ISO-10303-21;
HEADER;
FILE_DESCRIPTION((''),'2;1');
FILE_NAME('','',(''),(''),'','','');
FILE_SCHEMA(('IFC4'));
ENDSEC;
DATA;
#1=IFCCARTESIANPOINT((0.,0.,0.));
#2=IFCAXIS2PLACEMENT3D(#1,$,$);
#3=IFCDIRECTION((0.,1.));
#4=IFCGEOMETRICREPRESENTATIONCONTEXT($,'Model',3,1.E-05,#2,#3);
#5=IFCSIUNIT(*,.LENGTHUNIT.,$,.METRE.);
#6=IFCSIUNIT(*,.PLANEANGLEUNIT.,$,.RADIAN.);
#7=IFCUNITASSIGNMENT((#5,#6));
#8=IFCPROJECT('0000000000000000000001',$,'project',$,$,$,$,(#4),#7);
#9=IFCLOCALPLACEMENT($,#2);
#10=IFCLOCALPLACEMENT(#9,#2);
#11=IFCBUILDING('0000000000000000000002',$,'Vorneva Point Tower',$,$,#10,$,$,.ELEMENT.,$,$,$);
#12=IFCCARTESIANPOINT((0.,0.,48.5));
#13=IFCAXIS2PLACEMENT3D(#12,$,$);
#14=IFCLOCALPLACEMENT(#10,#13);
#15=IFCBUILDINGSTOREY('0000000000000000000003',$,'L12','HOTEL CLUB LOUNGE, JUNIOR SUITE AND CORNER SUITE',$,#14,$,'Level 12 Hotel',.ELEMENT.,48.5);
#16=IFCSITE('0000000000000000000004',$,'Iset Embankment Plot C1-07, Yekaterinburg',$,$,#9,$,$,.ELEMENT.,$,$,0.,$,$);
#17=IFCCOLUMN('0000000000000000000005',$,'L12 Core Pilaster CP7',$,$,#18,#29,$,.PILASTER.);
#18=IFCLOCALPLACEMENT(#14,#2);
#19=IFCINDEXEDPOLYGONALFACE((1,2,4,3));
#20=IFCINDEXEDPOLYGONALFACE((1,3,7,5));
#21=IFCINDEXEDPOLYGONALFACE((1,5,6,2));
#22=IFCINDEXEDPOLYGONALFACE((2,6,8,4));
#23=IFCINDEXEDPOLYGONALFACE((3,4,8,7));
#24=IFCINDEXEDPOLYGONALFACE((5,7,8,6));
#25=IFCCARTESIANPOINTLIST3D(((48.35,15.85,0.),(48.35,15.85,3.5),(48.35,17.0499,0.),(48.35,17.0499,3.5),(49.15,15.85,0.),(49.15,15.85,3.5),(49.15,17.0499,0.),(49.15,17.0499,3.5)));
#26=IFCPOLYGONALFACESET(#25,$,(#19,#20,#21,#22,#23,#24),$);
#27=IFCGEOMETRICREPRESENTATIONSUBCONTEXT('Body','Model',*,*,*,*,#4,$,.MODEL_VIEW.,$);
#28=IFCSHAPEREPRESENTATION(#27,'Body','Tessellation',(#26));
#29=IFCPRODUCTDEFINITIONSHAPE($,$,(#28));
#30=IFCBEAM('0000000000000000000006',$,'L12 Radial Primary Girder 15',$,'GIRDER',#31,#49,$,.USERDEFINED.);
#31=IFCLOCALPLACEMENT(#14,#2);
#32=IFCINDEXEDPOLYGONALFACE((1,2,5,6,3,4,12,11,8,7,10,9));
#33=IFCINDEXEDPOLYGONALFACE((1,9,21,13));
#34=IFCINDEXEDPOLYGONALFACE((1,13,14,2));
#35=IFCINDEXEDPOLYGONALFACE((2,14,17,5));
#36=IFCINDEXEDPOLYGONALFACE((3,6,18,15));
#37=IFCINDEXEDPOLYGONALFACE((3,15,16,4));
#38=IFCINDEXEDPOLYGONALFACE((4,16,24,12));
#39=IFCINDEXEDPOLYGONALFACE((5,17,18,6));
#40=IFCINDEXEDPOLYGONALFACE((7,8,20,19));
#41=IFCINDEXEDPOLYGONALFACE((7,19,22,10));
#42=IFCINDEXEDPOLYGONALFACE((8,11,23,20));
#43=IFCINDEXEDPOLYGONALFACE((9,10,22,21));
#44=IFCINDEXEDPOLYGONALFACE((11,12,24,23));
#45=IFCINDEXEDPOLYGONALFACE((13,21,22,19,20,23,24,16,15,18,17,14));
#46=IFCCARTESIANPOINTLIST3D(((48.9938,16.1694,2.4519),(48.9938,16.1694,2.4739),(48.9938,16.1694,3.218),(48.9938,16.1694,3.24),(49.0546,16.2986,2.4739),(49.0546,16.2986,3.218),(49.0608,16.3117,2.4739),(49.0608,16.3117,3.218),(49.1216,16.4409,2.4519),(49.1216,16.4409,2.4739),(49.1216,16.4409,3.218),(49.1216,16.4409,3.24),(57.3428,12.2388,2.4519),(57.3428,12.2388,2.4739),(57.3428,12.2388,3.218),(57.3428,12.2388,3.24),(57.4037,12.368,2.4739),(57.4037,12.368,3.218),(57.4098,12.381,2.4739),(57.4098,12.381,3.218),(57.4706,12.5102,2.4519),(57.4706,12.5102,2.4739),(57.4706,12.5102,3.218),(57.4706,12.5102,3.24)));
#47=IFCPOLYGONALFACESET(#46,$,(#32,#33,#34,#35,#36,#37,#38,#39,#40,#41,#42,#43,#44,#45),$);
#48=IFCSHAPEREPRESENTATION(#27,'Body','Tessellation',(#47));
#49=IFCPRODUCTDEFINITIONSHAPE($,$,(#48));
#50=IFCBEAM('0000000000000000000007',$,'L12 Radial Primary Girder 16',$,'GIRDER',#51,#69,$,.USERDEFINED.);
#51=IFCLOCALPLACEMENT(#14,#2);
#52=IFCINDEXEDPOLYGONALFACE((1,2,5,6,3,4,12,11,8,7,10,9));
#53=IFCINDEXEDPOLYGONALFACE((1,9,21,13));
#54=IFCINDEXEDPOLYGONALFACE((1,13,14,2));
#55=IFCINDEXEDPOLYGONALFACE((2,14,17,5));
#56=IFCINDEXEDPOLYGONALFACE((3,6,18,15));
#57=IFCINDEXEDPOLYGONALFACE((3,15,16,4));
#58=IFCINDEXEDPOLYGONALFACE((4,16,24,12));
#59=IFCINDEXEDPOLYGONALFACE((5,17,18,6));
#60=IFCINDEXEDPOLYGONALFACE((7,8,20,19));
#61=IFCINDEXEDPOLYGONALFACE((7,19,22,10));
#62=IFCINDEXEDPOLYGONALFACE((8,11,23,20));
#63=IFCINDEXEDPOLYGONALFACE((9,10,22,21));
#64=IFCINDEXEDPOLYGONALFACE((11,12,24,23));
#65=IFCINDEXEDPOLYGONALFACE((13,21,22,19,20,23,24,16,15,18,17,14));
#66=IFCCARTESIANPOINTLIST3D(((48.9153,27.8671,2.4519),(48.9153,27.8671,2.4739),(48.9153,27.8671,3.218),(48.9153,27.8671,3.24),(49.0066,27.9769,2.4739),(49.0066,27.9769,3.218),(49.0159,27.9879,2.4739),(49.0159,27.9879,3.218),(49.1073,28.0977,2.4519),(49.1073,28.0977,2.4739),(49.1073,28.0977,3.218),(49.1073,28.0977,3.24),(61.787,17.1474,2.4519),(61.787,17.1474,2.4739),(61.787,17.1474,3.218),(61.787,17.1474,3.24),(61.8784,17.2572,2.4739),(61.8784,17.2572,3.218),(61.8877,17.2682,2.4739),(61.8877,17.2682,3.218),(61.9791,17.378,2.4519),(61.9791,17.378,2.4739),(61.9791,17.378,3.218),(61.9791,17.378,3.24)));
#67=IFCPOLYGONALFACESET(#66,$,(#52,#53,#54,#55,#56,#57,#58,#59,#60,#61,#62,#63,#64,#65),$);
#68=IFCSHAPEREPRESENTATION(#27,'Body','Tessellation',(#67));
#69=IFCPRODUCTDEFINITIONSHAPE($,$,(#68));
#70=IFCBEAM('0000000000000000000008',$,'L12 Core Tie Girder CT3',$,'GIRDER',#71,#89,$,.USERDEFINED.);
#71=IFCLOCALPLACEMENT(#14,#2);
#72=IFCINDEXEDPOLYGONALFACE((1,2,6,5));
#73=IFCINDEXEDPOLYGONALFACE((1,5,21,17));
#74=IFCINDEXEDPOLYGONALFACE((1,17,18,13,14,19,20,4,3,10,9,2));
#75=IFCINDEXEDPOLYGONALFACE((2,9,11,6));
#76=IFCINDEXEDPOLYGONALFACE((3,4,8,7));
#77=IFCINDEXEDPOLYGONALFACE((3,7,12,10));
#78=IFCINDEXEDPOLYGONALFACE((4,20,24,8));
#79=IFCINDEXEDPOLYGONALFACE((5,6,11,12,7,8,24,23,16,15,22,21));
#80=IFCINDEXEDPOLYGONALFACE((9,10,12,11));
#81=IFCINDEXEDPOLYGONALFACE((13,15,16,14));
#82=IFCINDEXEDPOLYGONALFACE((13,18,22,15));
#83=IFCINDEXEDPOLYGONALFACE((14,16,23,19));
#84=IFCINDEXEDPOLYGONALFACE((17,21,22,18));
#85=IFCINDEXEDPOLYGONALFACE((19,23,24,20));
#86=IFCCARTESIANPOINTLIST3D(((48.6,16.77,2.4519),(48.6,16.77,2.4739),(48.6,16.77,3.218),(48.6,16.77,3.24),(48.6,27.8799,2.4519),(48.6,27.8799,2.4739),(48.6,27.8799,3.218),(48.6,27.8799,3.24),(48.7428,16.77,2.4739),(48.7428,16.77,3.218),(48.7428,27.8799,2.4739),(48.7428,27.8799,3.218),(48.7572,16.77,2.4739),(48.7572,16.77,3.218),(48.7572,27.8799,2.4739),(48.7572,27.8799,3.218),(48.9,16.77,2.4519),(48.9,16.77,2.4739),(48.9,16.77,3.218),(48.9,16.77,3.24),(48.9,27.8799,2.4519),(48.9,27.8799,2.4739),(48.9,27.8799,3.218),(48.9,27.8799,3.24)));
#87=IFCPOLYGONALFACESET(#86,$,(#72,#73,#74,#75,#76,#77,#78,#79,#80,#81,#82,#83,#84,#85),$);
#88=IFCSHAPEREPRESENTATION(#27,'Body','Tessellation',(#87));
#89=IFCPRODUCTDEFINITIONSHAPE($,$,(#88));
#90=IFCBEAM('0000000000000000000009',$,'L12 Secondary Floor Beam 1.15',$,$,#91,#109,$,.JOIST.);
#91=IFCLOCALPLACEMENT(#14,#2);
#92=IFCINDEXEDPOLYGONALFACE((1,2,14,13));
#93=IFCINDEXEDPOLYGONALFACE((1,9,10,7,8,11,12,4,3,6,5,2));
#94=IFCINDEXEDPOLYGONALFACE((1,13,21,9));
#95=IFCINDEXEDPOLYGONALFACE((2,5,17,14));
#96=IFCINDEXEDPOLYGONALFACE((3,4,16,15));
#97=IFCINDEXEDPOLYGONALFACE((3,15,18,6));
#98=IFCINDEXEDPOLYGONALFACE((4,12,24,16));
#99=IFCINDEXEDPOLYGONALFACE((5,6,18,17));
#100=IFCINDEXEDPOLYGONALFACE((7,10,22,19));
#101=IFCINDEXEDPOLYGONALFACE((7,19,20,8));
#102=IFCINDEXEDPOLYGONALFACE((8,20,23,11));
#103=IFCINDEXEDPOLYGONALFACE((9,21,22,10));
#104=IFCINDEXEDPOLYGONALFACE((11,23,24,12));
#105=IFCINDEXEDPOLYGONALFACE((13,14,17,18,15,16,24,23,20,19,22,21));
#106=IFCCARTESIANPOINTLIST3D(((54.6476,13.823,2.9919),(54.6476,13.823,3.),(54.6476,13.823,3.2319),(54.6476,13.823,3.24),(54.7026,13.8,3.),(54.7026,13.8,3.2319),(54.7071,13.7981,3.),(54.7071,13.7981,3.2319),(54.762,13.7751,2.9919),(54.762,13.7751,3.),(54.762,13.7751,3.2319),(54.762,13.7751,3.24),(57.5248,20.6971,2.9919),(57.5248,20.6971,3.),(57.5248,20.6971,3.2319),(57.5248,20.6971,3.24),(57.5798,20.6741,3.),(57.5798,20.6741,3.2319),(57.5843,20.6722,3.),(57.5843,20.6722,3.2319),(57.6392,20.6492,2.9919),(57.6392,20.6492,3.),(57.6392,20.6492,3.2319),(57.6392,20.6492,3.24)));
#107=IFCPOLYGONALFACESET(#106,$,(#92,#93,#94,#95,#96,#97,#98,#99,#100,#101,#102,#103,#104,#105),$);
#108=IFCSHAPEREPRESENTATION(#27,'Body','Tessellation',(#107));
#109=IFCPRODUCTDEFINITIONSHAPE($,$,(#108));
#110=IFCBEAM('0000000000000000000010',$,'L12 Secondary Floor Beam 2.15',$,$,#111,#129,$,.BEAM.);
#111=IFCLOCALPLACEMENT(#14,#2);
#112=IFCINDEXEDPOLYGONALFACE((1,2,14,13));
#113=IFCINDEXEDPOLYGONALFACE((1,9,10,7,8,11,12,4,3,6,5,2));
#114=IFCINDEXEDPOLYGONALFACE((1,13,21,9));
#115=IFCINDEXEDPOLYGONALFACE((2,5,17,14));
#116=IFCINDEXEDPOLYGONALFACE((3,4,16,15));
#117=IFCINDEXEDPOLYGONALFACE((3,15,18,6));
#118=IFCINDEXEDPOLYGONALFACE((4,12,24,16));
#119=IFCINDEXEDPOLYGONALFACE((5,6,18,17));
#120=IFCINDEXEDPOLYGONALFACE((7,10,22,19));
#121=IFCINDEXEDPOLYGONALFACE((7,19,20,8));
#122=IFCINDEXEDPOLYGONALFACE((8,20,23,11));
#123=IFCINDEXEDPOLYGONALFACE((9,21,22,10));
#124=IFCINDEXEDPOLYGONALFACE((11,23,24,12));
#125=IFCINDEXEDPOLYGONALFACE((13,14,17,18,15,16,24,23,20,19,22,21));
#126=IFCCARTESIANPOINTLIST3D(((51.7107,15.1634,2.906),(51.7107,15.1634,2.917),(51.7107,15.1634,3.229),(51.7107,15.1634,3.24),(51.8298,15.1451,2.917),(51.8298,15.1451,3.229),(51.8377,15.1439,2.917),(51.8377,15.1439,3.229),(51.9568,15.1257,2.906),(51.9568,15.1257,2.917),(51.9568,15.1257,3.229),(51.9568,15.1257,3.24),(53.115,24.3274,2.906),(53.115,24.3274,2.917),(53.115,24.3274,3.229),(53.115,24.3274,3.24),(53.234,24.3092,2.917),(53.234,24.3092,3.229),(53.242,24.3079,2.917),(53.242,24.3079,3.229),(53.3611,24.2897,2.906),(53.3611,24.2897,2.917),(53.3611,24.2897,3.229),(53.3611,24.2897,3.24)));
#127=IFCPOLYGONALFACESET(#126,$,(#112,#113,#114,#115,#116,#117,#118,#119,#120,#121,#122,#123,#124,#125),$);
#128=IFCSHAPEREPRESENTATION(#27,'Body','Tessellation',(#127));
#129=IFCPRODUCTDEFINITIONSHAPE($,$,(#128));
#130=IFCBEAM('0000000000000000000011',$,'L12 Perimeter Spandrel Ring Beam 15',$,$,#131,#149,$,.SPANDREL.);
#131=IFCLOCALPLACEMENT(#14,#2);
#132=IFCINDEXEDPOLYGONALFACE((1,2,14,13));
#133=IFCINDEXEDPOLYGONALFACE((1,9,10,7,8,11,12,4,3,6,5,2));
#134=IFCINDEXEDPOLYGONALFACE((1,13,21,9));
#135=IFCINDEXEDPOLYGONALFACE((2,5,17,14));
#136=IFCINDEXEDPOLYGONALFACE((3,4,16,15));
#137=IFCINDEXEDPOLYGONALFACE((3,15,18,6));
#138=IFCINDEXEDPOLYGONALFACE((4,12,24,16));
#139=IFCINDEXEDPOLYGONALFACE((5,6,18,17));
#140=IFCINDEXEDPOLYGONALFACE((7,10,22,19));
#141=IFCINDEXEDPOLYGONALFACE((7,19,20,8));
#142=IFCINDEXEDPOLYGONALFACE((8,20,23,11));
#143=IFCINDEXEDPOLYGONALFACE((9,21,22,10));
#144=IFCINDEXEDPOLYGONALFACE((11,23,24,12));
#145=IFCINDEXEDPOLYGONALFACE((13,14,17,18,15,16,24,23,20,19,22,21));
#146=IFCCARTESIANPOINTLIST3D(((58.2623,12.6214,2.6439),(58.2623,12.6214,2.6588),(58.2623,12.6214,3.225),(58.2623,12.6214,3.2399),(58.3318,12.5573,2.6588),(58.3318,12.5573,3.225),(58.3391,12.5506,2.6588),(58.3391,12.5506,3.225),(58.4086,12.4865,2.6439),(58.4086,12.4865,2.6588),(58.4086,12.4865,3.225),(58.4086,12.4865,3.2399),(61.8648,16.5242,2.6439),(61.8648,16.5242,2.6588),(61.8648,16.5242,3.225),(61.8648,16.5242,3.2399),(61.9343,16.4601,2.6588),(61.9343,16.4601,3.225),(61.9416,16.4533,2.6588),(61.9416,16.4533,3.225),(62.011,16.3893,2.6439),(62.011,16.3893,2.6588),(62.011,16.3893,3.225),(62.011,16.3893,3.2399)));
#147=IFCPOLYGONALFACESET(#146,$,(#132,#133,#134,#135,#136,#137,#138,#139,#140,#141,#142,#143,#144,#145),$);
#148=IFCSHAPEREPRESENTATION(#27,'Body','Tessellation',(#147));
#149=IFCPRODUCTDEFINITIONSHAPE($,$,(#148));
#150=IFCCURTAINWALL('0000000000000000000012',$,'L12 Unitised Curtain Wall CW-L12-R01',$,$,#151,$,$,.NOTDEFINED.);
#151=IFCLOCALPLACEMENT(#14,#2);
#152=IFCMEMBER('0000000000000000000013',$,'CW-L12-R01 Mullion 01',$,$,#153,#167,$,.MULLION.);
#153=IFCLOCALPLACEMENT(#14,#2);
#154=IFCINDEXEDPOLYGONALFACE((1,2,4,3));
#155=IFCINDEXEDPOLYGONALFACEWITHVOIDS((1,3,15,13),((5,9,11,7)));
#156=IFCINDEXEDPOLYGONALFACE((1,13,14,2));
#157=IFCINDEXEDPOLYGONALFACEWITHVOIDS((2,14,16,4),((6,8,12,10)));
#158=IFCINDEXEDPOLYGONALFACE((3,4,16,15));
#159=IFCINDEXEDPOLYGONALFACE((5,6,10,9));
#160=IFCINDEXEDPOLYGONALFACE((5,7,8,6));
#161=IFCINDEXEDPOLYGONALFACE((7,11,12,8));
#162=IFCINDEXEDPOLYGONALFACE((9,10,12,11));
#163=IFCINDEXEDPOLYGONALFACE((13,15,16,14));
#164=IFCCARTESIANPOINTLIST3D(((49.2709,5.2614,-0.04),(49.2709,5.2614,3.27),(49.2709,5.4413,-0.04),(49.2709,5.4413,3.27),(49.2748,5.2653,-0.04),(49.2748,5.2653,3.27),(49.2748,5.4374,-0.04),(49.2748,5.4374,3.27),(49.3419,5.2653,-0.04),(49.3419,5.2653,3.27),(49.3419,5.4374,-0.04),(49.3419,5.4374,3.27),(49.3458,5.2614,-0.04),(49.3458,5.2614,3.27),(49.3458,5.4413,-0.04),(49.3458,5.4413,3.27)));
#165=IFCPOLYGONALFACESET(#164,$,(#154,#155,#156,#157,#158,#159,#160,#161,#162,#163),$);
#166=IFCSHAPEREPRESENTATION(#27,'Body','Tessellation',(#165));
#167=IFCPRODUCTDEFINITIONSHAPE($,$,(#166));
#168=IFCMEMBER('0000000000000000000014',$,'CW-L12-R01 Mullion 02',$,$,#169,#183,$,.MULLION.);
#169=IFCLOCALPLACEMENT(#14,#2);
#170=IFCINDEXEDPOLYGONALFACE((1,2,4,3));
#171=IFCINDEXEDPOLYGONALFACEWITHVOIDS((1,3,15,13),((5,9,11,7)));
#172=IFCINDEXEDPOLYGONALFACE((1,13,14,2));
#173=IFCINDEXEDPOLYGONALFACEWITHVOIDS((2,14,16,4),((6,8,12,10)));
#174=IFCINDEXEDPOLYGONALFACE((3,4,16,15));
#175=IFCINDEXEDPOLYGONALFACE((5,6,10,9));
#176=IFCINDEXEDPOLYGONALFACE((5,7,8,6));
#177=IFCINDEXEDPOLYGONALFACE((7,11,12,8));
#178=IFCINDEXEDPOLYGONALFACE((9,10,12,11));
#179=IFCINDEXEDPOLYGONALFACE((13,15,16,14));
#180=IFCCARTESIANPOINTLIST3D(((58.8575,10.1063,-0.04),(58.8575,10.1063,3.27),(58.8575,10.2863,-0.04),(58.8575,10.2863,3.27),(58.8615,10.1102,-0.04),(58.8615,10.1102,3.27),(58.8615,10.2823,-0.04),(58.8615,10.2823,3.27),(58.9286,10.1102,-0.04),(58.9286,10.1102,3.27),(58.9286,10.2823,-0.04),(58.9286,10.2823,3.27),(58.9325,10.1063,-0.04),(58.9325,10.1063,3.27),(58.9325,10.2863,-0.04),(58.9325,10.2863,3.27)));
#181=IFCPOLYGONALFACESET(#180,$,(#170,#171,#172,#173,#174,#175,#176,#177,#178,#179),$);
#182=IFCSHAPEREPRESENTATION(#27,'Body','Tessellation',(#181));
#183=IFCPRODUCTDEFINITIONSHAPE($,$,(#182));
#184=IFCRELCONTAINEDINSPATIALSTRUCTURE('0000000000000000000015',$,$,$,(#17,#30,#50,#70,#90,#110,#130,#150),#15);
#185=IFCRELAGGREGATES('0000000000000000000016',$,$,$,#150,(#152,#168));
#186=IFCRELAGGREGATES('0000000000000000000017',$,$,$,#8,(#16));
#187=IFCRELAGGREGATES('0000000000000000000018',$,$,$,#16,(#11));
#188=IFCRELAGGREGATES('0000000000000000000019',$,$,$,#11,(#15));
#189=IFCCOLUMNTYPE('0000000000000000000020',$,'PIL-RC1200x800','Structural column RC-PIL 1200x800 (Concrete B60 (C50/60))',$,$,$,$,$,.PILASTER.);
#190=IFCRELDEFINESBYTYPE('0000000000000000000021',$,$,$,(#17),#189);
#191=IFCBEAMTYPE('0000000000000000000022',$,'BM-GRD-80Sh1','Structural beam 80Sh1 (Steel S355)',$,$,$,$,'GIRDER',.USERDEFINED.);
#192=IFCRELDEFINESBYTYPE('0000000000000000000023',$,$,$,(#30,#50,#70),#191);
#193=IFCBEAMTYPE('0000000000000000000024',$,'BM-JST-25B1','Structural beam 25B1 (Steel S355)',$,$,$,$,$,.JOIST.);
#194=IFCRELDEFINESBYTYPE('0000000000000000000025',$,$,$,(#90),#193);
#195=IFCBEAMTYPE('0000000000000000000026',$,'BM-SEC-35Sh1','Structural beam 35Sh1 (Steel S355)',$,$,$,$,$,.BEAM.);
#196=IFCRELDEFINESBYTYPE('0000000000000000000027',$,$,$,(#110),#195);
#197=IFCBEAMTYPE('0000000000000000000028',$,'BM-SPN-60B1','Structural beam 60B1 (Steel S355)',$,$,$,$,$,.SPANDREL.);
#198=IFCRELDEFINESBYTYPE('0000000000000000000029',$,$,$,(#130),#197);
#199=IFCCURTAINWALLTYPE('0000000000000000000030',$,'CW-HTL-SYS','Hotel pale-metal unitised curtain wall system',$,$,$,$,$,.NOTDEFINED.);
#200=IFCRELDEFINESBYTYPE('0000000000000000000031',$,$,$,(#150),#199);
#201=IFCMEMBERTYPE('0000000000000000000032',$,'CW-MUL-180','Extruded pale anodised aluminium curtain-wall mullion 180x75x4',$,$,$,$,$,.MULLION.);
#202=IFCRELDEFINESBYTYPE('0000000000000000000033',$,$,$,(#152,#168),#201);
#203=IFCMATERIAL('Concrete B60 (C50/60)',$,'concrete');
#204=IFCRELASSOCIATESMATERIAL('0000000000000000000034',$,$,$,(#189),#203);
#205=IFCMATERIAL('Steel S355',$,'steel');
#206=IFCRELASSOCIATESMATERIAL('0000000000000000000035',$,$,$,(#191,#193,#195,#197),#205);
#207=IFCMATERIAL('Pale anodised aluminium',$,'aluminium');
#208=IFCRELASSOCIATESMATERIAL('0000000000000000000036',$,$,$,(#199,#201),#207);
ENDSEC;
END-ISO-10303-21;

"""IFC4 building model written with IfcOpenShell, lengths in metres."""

from ifc_helpers import new_model, si_unit, direction, frame, origin, origin_2d, place, context, subcontext, project, spatial, rectangle, hollow_rectangle, i_section, extrude, material, material_profile, profile_set, type_object, element, aggregate, save


model = new_model("IFC4")

# Units and contexts
model_context = context("Model", 3, precision=1e-05, world=origin(), true_north=direction((0.0, 1.0)))
body_context = subcontext(model_context, "Body", "Model", "MODEL_VIEW")
ifc_project = project(units=[si_unit("LENGTHUNIT", "METRE"), si_unit("PLANEANGLEUNIT", "RADIAN")], contexts=[model_context])

# Site, building, storey
site_placement = place(None, origin())
site = spatial("IfcSite", under=ifc_project, at=site_placement, Name="Iset Embankment Plot C1-07, Yekaterinburg", CompositionType="ELEMENT", RefElevation=0.0)
building_placement = place(site_placement, origin())
building = spatial("IfcBuilding", under=site, at=building_placement, Name="Vorneva Point Tower", CompositionType="ELEMENT")
storey_placement = place(building_placement, frame((0.0, 0.0, 48.5)))
storey = spatial("IfcBuildingStorey", under=building, at=storey_placement, Name="L12", Description="HOTEL CLUB LOUNGE, JUNIOR SUITE AND CORNER SUITE", LongName="Level 12 Hotel", CompositionType="ELEMENT", Elevation=48.5)

# Column
ifc_material_1 = material(Name="Concrete B60 (C50/60)", Category="concrete")
ifc_material_profile_1 = material_profile(ifc_material_1, rectangle(XDim=0.8, YDim=1.2, at=origin_2d()), Name="RC-PIL 1200x800")
ifc_profile_set_1 = profile_set([ifc_material_profile_1], Name="Concrete B60 (C50/60)")
column_type_1 = type_object("IfcColumnType", Name="PIL-RC1200x800", Description="Structural column RC-PIL 1200x800 (Concrete B60 (C50/60))", PredefinedType="PILASTER", material=ifc_profile_set_1)
column_placement = place(storey_placement, frame((48.75, 16.45, 0.0), z_axis=(0.0, 0.0, 1.0), x_axis=(1.0, 0.0, 0.0)))
element("IfcColumn", 1, at=column_placement, inside=storey, type_object=column_type_1, Name="L12 Core Pilaster CP7", PredefinedType="PILASTER", context=body_context, shape_type="SweptSolid", body=[
    extrude(rectangle(XDim=0.8, YDim=1.2, at=origin_2d()), origin(), (0.0, 0.0, 1.0), 3.5),
])

# Beams
ifc_material_2 = material(Name="Steel S355", Category="steel")
ifc_material_profile_2 = material_profile(ifc_material_2, i_section(OverallWidth=0.3, OverallDepth=0.7881, WebThickness=0.0144, FlangeThickness=0.022, at=origin_2d()), Name="80Sh1")
ifc_profile_set_2 = profile_set([ifc_material_profile_2], Name="Steel S355")
beam_type_1 = type_object("IfcBeamType", Name="BM-GRD-80Sh1", Description="Structural beam 80Sh1 (Steel S355)", ElementType="GIRDER", PredefinedType="USERDEFINED", material=ifc_profile_set_2)
beam_1_placement = place(storey_placement, frame((57.4067, 12.3745, 2.8459), z_axis=(-0.904749, 0.425945, 0.0), x_axis=(-0.425945, -0.904749, 0.0)))
element("IfcBeam", 2, at=beam_1_placement, inside=storey, type_object=beam_type_1, Name="L12 Radial Primary Girder 15", ObjectType="GIRDER", PredefinedType="USERDEFINED", context=body_context, shape_type="SweptSolid", body=[
    extrude(i_section(OverallWidth=0.3, OverallDepth=0.7881, WebThickness=0.0144, FlangeThickness=0.022, at=origin_2d()), origin(), (0.0, 0.0, 1.0), 9.228),
])
beam_2_placement = place(storey_placement, frame((61.8831, 17.2627, 2.8459), z_axis=(-0.768421, 0.639945, 0.0), x_axis=(-0.639945, -0.768421, 0.0)))
element("IfcBeam", 3, at=beam_2_placement, inside=storey, type_object=beam_type_1, Name="L12 Radial Primary Girder 16", ObjectType="GIRDER", PredefinedType="USERDEFINED", context=body_context, shape_type="SweptSolid", body=[
    extrude(i_section(OverallWidth=0.3, OverallDepth=0.7881, WebThickness=0.0144, FlangeThickness=0.022, at=origin_2d()), origin(), (0.0, 0.0, 1.0), 16.751),
])
beam_3_placement = place(storey_placement, frame((48.75, 16.77, 2.8459), z_axis=(0.0, 1.0, 0.0), x_axis=(-1.0, 0.0, 0.0)))
element("IfcBeam", 4, at=beam_3_placement, inside=storey, type_object=beam_type_1, Name="L12 Core Tie Girder CT3", ObjectType="GIRDER", PredefinedType="USERDEFINED", context=body_context, shape_type="SweptSolid", body=[
    extrude(i_section(OverallWidth=0.3, OverallDepth=0.7881, WebThickness=0.0144, FlangeThickness=0.022, at=origin_2d()), origin(), (0.0, 0.0, 1.0), 11.1099),
])
ifc_material_profile_3 = material_profile(ifc_material_2, i_section(OverallWidth=0.124, OverallDepth=0.248, WebThickness=0.0049, FlangeThickness=0.0081, at=origin_2d()), Name="25B1")
ifc_profile_set_3 = profile_set([ifc_material_profile_3], Name="Steel S355")
beam_type_2 = type_object("IfcBeamType", Name="BM-JST-25B1", Description="Structural beam 25B1 (Steel S355)", PredefinedType="JOIST", material=ifc_profile_set_3)
beam_4_placement = place(storey_placement, frame((54.7048, 13.7991, 3.116), z_axis=(0.386104, 0.922455, 0.0), x_axis=(-0.922455, 0.386104, 0.0)))
element("IfcBeam", 5, at=beam_4_placement, inside=storey, type_object=beam_type_2, Name="L12 Secondary Floor Beam 1.15", PredefinedType="JOIST", context=body_context, shape_type="SweptSolid", body=[
    extrude(i_section(OverallWidth=0.124, OverallDepth=0.248, WebThickness=0.0049, FlangeThickness=0.0081, at=origin_2d()), origin(), (0.0, 0.0, 1.0), 7.4519),
])
ifc_material_profile_4 = material_profile(ifc_material_2, i_section(OverallWidth=0.249, OverallDepth=0.334, WebThickness=0.0081, FlangeThickness=0.011, at=origin_2d()), Name="35Sh1")
ifc_profile_set_4 = profile_set([ifc_material_profile_4], Name="Steel S355")
beam_type_3 = type_object("IfcBeamType", Name="BM-SEC-35Sh1", Description="Structural beam 35Sh1 (Steel S355)", PredefinedType="BEAM", material=ifc_profile_set_4)
beam_5_placement = place(storey_placement, frame((51.8337, 15.1445, 3.073), z_axis=(0.151471, 0.988462, 0.0), x_axis=(-0.988462, 0.151471, 0.0)))
element("IfcBeam", 6, at=beam_5_placement, inside=storey, type_object=beam_type_3, Name="L12 Secondary Floor Beam 2.15", PredefinedType="BEAM", context=body_context, shape_type="SweptSolid", body=[
    extrude(i_section(OverallWidth=0.249, OverallDepth=0.334, WebThickness=0.0081, FlangeThickness=0.011, at=origin_2d()), origin(), (0.0, 0.0, 1.0), 9.271),
])
ifc_material_profile_5 = material_profile(ifc_material_2, i_section(OverallWidth=0.199, OverallDepth=0.5959, WebThickness=0.01, FlangeThickness=0.0149, at=origin_2d()), Name="60B1")
ifc_profile_set_5 = profile_set([ifc_material_profile_5], Name="Steel S355")
beam_type_4 = type_object("IfcBeamType", Name="BM-SPN-60B1", Description="Structural beam 60B1 (Steel S355)", PredefinedType="SPANDREL", material=ifc_profile_set_5)
beam_6_placement = place(storey_placement, frame((58.3354, 12.554, 2.9419), z_axis=(0.678272, 0.73481, 0.0), x_axis=(-0.73481, 0.678272, 0.0)))
element("IfcBeam", 7, at=beam_6_placement, inside=storey, type_object=beam_type_4, Name="L12 Perimeter Spandrel Ring Beam 15", PredefinedType="SPANDREL", context=body_context, shape_type="SweptSolid", body=[
    extrude(i_section(OverallWidth=0.199, OverallDepth=0.5959, WebThickness=0.01, FlangeThickness=0.0149, at=origin_2d()), origin(), (0.0, 0.0, 1.0), 5.3113),
])

# Curtain wall, members
ifc_material_3 = material(Name="Pale anodised aluminium", Category="aluminium")
curtain_wall_type = type_object("IfcCurtainWallType", Name="CW-HTL-SYS", Description="Hotel pale-metal unitised curtain wall system", PredefinedType="NOTDEFINED", material=ifc_material_3)
curtain_wall_placement = place(storey_placement, origin())
curtain_wall = element("IfcCurtainWall", 8, at=curtain_wall_placement, inside=storey, type_object=curtain_wall_type, Name="L12 Unitised Curtain Wall CW-L12-R01", PredefinedType="NOTDEFINED")
ifc_material_profile_6 = material_profile(ifc_material_3, hollow_rectangle(XDim=0.075, YDim=0.1799, WallThickness=0.0039, at=origin_2d()), Name="AL-MUL 180x75x4")
ifc_profile_set_6 = profile_set([ifc_material_profile_6], Name="Pale anodised aluminium")
member_type_1 = type_object("IfcMemberType", Name="CW-MUL-180", Description="Extruded pale anodised aluminium curtain-wall mullion 180x75x4", PredefinedType="MULLION", material=ifc_profile_set_6)
member_1_placement = place(storey_placement, frame((49.3083, 5.3513, -0.04), z_axis=(0.0, 0.0, 1.0), x_axis=(1.0, 0.0, 0.0)))
member_1 = element("IfcMember", 9, at=member_1_placement, type_object=member_type_1, Name="CW-L12-R01 Mullion 01", PredefinedType="MULLION", context=body_context, shape_type="SweptSolid", body=[
    extrude(hollow_rectangle(XDim=0.075, YDim=0.1799, WallThickness=0.0039, at=origin_2d()), origin(), (0.0, 0.0, 1.0), 3.3101),
])
member_2_placement = place(storey_placement, frame((58.895, 10.1963, -0.04), z_axis=(0.0, 0.0, 1.0), x_axis=(1.0, 0.0, 0.0)))
member_2 = element("IfcMember", 10, at=member_2_placement, type_object=member_type_1, Name="CW-L12-R01 Mullion 02", PredefinedType="MULLION", context=body_context, shape_type="SweptSolid", body=[
    extrude(hollow_rectangle(XDim=0.075, YDim=0.1799, WallThickness=0.0039, at=origin_2d()), origin(), (0.0, 0.0, 1.0), 3.3101),
])
aggregate(curtain_wall, [member_1, member_2])

save(model, "model.ifc")
